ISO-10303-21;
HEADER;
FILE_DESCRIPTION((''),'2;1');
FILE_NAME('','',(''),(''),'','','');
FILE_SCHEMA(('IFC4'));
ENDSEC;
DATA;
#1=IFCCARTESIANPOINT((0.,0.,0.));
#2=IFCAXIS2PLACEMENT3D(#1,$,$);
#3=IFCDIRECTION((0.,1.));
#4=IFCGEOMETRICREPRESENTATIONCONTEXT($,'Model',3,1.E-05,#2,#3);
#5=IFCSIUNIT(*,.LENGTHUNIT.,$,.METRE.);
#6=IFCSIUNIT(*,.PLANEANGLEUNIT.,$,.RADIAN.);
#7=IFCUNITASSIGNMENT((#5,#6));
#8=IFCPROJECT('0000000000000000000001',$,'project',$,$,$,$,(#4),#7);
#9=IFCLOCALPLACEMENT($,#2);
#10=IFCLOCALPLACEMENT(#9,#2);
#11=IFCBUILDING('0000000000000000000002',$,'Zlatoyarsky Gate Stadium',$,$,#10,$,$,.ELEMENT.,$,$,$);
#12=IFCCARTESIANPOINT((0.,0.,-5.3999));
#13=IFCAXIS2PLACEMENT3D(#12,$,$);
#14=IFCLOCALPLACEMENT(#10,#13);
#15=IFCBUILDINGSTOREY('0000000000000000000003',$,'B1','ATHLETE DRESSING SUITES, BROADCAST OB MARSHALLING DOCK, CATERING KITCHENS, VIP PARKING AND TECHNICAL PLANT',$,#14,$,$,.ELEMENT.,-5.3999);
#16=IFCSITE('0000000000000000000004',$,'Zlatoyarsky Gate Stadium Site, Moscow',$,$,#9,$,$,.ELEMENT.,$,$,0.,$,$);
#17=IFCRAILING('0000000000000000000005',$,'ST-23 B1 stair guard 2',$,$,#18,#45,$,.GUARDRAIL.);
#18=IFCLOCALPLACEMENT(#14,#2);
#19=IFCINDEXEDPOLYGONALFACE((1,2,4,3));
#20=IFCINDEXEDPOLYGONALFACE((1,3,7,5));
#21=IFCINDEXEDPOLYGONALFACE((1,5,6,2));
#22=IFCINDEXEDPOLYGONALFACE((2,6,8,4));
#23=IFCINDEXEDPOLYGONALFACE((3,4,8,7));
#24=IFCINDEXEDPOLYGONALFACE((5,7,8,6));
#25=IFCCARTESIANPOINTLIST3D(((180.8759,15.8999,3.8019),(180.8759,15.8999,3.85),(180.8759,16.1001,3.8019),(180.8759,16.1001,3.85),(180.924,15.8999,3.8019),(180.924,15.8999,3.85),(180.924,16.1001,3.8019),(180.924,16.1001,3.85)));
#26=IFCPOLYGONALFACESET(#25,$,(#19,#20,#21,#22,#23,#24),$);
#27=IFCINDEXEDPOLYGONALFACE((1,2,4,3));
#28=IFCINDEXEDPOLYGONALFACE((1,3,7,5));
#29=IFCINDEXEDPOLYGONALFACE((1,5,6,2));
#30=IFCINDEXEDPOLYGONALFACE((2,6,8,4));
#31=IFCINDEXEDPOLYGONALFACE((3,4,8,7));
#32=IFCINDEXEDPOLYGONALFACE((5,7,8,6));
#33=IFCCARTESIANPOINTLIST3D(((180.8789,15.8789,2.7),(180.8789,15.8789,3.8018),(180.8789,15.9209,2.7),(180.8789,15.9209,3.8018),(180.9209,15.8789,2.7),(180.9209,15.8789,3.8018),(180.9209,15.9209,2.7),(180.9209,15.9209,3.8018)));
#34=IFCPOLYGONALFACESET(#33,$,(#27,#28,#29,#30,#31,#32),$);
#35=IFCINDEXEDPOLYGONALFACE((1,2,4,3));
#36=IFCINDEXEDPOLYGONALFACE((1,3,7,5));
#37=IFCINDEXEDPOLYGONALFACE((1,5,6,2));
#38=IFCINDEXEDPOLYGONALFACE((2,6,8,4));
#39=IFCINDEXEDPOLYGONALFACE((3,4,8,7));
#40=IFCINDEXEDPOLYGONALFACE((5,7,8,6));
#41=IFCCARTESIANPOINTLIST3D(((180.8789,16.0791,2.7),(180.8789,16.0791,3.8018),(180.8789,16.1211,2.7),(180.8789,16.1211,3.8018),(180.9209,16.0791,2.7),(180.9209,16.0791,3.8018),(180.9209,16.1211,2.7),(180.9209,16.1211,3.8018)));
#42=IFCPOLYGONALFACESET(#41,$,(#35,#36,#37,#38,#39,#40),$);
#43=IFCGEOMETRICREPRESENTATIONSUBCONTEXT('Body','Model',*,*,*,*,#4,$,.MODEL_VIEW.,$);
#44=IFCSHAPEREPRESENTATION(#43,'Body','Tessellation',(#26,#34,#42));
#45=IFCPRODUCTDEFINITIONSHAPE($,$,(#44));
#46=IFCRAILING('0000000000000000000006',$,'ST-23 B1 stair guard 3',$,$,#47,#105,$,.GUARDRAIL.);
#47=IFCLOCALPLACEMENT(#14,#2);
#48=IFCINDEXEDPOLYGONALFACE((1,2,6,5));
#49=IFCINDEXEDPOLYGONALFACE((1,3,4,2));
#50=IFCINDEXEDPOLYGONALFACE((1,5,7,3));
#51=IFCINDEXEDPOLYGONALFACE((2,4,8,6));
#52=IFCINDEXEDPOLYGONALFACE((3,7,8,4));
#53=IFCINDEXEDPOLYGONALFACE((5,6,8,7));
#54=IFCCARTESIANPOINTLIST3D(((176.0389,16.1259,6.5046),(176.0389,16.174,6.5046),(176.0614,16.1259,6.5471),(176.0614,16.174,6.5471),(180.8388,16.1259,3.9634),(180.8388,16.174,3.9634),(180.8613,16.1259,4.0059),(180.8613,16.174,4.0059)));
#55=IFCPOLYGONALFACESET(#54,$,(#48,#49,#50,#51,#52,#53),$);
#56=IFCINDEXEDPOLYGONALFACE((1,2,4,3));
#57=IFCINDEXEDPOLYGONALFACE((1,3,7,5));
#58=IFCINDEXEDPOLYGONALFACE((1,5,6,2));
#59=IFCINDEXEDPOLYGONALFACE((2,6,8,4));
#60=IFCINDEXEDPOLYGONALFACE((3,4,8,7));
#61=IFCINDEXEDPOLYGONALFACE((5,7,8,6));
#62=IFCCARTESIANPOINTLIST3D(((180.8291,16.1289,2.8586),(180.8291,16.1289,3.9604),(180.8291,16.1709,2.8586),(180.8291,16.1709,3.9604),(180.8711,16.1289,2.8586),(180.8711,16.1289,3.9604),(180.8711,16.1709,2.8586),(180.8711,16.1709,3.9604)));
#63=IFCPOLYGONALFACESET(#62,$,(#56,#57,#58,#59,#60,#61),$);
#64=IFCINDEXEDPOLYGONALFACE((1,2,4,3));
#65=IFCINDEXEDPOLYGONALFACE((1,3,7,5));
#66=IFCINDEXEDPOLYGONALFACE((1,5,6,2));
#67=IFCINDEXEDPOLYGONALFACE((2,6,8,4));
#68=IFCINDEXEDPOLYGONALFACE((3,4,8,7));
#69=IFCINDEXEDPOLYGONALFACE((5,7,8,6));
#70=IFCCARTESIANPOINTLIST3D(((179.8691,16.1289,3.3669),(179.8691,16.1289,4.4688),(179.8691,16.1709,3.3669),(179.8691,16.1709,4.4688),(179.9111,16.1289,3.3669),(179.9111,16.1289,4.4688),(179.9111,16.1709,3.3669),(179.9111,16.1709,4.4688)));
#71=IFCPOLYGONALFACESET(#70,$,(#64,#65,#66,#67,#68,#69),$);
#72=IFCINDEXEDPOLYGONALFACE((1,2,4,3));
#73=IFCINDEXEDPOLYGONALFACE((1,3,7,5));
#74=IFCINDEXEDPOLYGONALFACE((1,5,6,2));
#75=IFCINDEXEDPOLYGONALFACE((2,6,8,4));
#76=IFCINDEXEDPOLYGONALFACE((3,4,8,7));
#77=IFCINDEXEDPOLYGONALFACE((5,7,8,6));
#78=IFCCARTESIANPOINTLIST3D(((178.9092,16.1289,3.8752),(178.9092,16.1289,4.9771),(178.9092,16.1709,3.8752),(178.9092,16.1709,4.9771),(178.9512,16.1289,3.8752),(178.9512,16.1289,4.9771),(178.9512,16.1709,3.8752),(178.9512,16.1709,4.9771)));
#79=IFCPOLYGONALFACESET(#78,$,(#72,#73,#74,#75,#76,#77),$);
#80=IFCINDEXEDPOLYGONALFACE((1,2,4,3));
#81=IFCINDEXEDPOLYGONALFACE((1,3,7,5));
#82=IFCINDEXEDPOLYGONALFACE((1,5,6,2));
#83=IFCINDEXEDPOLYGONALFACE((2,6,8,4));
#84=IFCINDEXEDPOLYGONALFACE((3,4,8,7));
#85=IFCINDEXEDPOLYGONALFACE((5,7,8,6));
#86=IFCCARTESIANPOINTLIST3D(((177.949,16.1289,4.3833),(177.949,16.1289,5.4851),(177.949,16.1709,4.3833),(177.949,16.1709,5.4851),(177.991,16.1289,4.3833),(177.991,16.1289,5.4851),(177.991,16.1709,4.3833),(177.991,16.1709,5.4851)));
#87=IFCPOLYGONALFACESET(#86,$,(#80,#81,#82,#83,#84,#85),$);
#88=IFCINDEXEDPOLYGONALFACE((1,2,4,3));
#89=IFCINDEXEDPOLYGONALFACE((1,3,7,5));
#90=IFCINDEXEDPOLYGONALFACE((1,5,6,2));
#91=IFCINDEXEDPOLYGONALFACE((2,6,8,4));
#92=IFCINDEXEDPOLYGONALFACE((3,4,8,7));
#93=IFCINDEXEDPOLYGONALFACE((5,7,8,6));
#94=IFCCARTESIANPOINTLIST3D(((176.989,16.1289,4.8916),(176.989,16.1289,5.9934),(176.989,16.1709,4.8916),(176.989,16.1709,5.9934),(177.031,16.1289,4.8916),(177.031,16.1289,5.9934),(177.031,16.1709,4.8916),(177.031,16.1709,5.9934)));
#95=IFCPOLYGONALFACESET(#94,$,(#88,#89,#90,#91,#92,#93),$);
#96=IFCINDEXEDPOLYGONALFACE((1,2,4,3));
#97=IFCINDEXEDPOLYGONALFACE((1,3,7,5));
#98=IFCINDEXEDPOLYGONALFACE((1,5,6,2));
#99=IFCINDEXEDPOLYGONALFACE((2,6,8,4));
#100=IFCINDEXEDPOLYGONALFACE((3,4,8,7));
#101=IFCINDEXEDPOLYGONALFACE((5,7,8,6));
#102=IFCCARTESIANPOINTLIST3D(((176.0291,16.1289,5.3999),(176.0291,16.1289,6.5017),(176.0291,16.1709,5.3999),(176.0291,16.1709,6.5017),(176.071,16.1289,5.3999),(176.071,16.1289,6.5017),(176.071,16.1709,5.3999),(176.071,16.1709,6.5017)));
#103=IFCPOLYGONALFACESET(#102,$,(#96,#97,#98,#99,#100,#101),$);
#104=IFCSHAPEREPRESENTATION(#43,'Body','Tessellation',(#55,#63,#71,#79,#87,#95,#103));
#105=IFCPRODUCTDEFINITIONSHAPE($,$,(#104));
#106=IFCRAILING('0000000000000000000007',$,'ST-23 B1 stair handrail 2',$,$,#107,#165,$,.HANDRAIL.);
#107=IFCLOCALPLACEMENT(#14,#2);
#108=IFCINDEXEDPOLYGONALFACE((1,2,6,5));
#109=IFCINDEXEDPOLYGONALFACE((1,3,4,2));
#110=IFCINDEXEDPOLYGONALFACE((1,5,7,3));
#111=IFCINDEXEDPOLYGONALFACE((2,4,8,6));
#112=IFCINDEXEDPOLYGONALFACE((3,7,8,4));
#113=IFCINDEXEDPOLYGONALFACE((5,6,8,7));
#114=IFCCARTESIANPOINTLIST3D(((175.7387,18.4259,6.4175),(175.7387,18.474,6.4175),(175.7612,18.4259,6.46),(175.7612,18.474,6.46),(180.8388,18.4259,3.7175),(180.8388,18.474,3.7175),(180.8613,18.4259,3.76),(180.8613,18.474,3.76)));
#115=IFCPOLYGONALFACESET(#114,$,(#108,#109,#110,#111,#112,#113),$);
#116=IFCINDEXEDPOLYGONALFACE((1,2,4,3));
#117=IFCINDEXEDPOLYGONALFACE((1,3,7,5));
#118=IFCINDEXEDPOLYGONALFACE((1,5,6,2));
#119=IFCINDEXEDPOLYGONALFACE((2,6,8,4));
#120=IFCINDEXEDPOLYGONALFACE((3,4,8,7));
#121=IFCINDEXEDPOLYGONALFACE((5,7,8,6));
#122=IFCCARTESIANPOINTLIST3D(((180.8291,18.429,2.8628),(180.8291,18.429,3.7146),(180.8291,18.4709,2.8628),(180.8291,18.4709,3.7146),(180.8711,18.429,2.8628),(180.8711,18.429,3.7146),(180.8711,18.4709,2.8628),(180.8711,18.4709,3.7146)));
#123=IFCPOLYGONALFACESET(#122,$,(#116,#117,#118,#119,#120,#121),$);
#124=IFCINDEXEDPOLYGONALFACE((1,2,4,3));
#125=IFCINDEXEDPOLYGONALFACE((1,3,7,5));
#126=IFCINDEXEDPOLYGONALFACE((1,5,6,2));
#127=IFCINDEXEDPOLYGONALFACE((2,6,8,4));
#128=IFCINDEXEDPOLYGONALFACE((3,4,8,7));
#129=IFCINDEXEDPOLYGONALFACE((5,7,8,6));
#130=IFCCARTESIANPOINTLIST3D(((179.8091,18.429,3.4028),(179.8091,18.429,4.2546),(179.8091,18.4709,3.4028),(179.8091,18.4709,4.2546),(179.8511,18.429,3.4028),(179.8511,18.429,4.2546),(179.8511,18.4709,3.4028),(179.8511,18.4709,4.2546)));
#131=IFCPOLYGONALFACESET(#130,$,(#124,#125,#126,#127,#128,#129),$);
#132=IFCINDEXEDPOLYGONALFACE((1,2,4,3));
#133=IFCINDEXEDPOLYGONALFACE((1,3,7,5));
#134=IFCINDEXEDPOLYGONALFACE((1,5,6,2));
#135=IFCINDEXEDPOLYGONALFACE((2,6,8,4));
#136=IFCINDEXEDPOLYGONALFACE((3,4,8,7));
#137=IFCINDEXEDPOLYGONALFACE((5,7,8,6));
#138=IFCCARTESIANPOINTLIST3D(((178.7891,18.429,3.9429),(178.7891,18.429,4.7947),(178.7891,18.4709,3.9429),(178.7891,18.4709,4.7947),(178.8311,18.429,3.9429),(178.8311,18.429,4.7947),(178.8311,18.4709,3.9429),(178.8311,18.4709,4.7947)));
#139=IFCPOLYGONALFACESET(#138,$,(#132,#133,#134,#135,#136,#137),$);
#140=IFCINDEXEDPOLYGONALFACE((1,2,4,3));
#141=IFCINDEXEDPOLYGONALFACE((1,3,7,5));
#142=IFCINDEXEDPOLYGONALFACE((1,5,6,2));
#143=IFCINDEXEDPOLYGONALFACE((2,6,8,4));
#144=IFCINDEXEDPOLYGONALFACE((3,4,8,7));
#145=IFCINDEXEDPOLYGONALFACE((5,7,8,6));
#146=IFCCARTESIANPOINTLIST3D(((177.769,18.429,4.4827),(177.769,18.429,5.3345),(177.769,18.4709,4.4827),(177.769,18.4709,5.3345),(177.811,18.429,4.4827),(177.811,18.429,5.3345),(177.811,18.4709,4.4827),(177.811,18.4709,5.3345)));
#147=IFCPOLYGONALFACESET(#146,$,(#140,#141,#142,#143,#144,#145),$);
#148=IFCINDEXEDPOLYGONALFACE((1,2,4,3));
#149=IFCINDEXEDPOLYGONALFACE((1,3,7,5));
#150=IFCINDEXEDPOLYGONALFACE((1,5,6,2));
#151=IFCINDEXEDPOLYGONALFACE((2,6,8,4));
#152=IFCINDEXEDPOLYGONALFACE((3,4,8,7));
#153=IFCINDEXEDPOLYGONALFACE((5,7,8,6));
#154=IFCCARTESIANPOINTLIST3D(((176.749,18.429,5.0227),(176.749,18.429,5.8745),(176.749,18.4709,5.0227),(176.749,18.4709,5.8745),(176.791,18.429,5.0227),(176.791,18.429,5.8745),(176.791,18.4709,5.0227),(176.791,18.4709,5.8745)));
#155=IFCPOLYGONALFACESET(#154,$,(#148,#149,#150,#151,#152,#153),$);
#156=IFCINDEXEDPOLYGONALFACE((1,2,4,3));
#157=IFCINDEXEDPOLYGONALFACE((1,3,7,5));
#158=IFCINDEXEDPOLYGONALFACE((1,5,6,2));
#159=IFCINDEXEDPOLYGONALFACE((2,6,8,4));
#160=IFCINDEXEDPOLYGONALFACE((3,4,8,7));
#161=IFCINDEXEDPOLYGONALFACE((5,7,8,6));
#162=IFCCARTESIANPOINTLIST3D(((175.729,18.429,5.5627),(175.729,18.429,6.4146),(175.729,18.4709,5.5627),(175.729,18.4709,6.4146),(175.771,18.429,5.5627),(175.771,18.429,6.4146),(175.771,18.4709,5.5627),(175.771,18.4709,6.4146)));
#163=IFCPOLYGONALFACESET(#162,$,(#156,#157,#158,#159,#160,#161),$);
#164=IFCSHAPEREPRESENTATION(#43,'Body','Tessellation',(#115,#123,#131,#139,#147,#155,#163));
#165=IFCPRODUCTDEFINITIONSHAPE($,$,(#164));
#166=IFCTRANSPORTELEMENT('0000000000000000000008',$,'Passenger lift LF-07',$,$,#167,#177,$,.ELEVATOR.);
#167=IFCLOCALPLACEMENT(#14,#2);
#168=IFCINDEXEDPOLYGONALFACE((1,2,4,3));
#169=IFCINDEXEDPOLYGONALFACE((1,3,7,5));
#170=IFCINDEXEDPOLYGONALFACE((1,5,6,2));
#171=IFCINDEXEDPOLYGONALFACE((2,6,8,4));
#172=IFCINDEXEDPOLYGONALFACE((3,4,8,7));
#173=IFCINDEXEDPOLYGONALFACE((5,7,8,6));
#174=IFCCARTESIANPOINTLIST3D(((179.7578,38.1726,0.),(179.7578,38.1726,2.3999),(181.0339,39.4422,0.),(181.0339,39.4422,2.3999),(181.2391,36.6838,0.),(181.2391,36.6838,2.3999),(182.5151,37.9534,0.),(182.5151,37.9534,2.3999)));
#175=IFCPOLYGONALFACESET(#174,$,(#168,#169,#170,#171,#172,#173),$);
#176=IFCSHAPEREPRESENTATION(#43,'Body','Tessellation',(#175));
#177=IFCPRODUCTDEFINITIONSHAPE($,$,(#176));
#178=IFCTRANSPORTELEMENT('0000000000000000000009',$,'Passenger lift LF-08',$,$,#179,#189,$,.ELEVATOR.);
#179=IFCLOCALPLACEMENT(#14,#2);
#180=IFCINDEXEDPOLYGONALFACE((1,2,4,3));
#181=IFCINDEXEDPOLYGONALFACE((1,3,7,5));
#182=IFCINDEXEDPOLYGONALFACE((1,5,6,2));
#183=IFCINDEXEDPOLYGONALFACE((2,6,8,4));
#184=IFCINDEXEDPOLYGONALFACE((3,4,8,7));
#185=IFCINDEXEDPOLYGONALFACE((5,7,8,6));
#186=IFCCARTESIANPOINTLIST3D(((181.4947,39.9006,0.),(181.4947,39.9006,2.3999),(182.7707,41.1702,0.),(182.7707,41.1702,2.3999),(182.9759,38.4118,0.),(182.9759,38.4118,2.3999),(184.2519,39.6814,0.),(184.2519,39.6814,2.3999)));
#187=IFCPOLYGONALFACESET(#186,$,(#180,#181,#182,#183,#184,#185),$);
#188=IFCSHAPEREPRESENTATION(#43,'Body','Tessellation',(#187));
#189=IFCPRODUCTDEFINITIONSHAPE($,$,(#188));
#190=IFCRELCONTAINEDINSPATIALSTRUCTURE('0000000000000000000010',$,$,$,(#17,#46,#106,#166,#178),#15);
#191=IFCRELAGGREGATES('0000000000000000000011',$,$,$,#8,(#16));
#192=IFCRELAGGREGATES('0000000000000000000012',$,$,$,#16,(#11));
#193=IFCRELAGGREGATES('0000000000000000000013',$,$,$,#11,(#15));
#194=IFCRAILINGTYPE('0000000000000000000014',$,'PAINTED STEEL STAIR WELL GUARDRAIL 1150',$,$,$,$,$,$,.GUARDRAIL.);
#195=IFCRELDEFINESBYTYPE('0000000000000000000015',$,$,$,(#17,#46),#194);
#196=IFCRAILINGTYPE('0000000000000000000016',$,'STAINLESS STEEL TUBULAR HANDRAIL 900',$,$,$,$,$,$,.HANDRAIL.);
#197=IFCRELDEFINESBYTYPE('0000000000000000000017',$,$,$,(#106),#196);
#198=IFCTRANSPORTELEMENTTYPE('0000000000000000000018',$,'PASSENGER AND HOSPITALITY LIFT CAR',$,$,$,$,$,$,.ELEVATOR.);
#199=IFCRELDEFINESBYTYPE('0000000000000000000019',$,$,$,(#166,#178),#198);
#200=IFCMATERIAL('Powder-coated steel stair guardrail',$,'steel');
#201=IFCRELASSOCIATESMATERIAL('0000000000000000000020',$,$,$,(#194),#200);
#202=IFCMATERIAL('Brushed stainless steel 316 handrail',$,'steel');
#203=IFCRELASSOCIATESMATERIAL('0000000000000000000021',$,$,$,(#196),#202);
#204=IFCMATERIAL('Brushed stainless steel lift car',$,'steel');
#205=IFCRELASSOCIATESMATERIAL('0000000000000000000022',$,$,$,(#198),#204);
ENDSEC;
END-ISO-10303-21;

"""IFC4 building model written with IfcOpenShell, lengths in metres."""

from ifc_helpers import new_model, si_unit, direction, frame, origin, origin_2d, place, context, subcontext, project, spatial, rectangle, extrude, material, type_object, element, save


model = new_model("IFC4")

# Units and contexts
model_context = context("Model", 3, precision=1e-05, world=origin(), true_north=direction((0.0, 1.0)))
body_context = subcontext(model_context, "Body", "Model", "MODEL_VIEW")
ifc_project = project(units=[si_unit("LENGTHUNIT", "METRE"), si_unit("PLANEANGLEUNIT", "RADIAN")], contexts=[model_context])

# Site, building, storey
site_placement = place(None, origin())
site = spatial("IfcSite", under=ifc_project, at=site_placement, Name="Zlatoyarsky Gate Stadium Site, Moscow", CompositionType="ELEMENT", RefElevation=0.0)
building_placement = place(site_placement, origin())
building = spatial("IfcBuilding", under=site, at=building_placement, Name="Zlatoyarsky Gate Stadium", CompositionType="ELEMENT")
storey_placement = place(building_placement, frame((0.0, 0.0, -5.3999)))
storey = spatial("IfcBuildingStorey", under=building, at=storey_placement, Name="B1", Description="ATHLETE DRESSING SUITES, BROADCAST OB MARSHALLING DOCK, CATERING KITCHENS, VIP PARKING AND TECHNICAL PLANT", CompositionType="ELEMENT", Elevation=-5.3999)

# Railings
ifc_material_1 = material(Name="Powder-coated steel stair guardrail", Category="steel")
railing_type_1 = type_object("IfcRailingType", Name="PAINTED STEEL STAIR WELL GUARDRAIL 1150", PredefinedType="GUARDRAIL", material=ifc_material_1)
railing_1_placement = place(storey_placement, frame((180.8999, 15.8999, 2.7)))
element("IfcRailing", 1, at=railing_1_placement, inside=storey, type_object=railing_type_1, Name="ST-23 B1 stair guard 2", PredefinedType="GUARDRAIL", context=body_context, shape_type="SweptSolid", body=[
    extrude(rectangle(XDim=0.0481, YDim=0.0481, at=origin_2d()), frame((0.0, 0.0, 1.126), z_axis=(0.0, 1.0, 0.0), x_axis=(-1.0, 0.0, 0.0)), (0.0, 0.0, 1.0), 0.2002),
    extrude(rectangle(XDim=0.042, YDim=0.042, at=origin_2d()), origin(), (0.0, 0.0, 1.0), 1.1018),
    extrude(rectangle(XDim=0.042, YDim=0.042, at=origin_2d()), frame((0.0, 0.2002, 0.0)), (0.0, 0.0, 1.0), 1.1018),
])
railing_2_placement = place(storey_placement, frame((180.8501, 16.1499, 2.8586)))
element("IfcRailing", 2, at=railing_2_placement, inside=storey, type_object=railing_type_1, Name="ST-23 B1 stair guard 3", PredefinedType="GUARDRAIL", context=body_context, shape_type="SweptSolid", body=[
    extrude(rectangle(XDim=0.0481, YDim=0.0481, at=origin_2d()), frame((0.0, 0.0, 1.126), z_axis=(-0.883784, 0.0, 0.467896), x_axis=(0.0, -1.0, 0.0)), (0.0, 0.0, 1.0), 5.4312),
    extrude(rectangle(XDim=0.042, YDim=0.042, at=origin_2d()), origin(), (0.0, 0.0, 1.0), 1.1018),
    extrude(rectangle(XDim=0.042, YDim=0.042, at=origin_2d()), frame((-0.96, 0.0, 0.5083)), (0.0, 0.0, 1.0), 1.1018),
    extrude(rectangle(XDim=0.042, YDim=0.042, at=origin_2d()), frame((-1.9199, 0.0, 1.0166)), (0.0, 0.0, 1.0), 1.1018),
    extrude(rectangle(XDim=0.042, YDim=0.042, at=origin_2d()), frame((-2.8801, 0.0, 1.5247)), (0.0, 0.0, 1.0), 1.1018),
    extrude(rectangle(XDim=0.042, YDim=0.042, at=origin_2d()), frame((-3.8401, 0.0, 2.033)), (0.0, 0.0, 1.0), 1.1018),
    extrude(rectangle(XDim=0.042, YDim=0.042, at=origin_2d()), frame((-4.8, 0.0, 2.5413)), (0.0, 0.0, 1.0), 1.1018),
])
ifc_material_2 = material(Name="Brushed stainless steel 316 handrail", Category="steel")
railing_type_2 = type_object("IfcRailingType", Name="STAINLESS STEEL TUBULAR HANDRAIL 900", PredefinedType="HANDRAIL", material=ifc_material_2)
railing_3_placement = place(storey_placement, frame((180.8501, 18.45, 2.8628)))
element("IfcRailing", 3, at=railing_3_placement, inside=storey, type_object=railing_type_2, Name="ST-23 B1 stair handrail 2", PredefinedType="HANDRAIL", context=body_context, shape_type="SweptSolid", body=[
    extrude(rectangle(XDim=0.0481, YDim=0.0481, at=origin_2d()), frame((0.0, 0.0, 0.876), z_axis=(-0.883795, 0.0, 0.467874), x_axis=(0.0, -1.0, 0.0)), (0.0, 0.0, 1.0), 5.7708),
    extrude(rectangle(XDim=0.042, YDim=0.042, at=origin_2d()), origin(), (0.0, 0.0, 1.0), 0.8518),
    extrude(rectangle(XDim=0.042, YDim=0.042, at=origin_2d()), frame((-1.02, 0.0, 0.54)), (0.0, 0.0, 1.0), 0.8518),
    extrude(rectangle(XDim=0.042, YDim=0.042, at=origin_2d()), frame((-2.04, 0.0, 1.0801)), (0.0, 0.0, 1.0), 0.8518),
    extrude(rectangle(XDim=0.042, YDim=0.042, at=origin_2d()), frame((-3.0601, 0.0, 1.6199)), (0.0, 0.0, 1.0), 0.8518),
    extrude(rectangle(XDim=0.042, YDim=0.042, at=origin_2d()), frame((-4.0801, 0.0, 2.1599)), (0.0, 0.0, 1.0), 0.8518),
    extrude(rectangle(XDim=0.042, YDim=0.042, at=origin_2d()), frame((-5.1001, 0.0, 2.7)), (0.0, 0.0, 1.0), 0.8518),
])

# Transport elements
ifc_material_3 = material(Name="Brushed stainless steel lift car", Category="steel")
transport_element_type = type_object("IfcTransportElementType", Name="PASSENGER AND HOSPITALITY LIFT CAR", PredefinedType="ELEVATOR", material=ifc_material_3)
for number, where, z_axis, x_axis, name in (
    (4, (181.1365, 38.063, 0.0), (0.0, 0.0, 1.0), (0.708901, 0.705308, 0.0), "Passenger lift LF-07"),
    (5, (182.8733, 39.791, 0.0), (0.0, 0.0, 1.0), (0.708901, 0.705308, 0.0), "Passenger lift LF-08"),
):
    element("IfcTransportElement", number, at=place(storey_placement, frame(where, z_axis=z_axis, x_axis=x_axis)), inside=storey, type_object=transport_element_type, Name=name, PredefinedType="ELEVATOR", context=body_context, shape_type="SweptSolid", body=[
        extrude(rectangle(XDim=1.8, YDim=2.1001, at=origin_2d()), origin(), (0.0, 0.0, 1.0), 2.3999),
    ])

save(model, "model.ifc")
